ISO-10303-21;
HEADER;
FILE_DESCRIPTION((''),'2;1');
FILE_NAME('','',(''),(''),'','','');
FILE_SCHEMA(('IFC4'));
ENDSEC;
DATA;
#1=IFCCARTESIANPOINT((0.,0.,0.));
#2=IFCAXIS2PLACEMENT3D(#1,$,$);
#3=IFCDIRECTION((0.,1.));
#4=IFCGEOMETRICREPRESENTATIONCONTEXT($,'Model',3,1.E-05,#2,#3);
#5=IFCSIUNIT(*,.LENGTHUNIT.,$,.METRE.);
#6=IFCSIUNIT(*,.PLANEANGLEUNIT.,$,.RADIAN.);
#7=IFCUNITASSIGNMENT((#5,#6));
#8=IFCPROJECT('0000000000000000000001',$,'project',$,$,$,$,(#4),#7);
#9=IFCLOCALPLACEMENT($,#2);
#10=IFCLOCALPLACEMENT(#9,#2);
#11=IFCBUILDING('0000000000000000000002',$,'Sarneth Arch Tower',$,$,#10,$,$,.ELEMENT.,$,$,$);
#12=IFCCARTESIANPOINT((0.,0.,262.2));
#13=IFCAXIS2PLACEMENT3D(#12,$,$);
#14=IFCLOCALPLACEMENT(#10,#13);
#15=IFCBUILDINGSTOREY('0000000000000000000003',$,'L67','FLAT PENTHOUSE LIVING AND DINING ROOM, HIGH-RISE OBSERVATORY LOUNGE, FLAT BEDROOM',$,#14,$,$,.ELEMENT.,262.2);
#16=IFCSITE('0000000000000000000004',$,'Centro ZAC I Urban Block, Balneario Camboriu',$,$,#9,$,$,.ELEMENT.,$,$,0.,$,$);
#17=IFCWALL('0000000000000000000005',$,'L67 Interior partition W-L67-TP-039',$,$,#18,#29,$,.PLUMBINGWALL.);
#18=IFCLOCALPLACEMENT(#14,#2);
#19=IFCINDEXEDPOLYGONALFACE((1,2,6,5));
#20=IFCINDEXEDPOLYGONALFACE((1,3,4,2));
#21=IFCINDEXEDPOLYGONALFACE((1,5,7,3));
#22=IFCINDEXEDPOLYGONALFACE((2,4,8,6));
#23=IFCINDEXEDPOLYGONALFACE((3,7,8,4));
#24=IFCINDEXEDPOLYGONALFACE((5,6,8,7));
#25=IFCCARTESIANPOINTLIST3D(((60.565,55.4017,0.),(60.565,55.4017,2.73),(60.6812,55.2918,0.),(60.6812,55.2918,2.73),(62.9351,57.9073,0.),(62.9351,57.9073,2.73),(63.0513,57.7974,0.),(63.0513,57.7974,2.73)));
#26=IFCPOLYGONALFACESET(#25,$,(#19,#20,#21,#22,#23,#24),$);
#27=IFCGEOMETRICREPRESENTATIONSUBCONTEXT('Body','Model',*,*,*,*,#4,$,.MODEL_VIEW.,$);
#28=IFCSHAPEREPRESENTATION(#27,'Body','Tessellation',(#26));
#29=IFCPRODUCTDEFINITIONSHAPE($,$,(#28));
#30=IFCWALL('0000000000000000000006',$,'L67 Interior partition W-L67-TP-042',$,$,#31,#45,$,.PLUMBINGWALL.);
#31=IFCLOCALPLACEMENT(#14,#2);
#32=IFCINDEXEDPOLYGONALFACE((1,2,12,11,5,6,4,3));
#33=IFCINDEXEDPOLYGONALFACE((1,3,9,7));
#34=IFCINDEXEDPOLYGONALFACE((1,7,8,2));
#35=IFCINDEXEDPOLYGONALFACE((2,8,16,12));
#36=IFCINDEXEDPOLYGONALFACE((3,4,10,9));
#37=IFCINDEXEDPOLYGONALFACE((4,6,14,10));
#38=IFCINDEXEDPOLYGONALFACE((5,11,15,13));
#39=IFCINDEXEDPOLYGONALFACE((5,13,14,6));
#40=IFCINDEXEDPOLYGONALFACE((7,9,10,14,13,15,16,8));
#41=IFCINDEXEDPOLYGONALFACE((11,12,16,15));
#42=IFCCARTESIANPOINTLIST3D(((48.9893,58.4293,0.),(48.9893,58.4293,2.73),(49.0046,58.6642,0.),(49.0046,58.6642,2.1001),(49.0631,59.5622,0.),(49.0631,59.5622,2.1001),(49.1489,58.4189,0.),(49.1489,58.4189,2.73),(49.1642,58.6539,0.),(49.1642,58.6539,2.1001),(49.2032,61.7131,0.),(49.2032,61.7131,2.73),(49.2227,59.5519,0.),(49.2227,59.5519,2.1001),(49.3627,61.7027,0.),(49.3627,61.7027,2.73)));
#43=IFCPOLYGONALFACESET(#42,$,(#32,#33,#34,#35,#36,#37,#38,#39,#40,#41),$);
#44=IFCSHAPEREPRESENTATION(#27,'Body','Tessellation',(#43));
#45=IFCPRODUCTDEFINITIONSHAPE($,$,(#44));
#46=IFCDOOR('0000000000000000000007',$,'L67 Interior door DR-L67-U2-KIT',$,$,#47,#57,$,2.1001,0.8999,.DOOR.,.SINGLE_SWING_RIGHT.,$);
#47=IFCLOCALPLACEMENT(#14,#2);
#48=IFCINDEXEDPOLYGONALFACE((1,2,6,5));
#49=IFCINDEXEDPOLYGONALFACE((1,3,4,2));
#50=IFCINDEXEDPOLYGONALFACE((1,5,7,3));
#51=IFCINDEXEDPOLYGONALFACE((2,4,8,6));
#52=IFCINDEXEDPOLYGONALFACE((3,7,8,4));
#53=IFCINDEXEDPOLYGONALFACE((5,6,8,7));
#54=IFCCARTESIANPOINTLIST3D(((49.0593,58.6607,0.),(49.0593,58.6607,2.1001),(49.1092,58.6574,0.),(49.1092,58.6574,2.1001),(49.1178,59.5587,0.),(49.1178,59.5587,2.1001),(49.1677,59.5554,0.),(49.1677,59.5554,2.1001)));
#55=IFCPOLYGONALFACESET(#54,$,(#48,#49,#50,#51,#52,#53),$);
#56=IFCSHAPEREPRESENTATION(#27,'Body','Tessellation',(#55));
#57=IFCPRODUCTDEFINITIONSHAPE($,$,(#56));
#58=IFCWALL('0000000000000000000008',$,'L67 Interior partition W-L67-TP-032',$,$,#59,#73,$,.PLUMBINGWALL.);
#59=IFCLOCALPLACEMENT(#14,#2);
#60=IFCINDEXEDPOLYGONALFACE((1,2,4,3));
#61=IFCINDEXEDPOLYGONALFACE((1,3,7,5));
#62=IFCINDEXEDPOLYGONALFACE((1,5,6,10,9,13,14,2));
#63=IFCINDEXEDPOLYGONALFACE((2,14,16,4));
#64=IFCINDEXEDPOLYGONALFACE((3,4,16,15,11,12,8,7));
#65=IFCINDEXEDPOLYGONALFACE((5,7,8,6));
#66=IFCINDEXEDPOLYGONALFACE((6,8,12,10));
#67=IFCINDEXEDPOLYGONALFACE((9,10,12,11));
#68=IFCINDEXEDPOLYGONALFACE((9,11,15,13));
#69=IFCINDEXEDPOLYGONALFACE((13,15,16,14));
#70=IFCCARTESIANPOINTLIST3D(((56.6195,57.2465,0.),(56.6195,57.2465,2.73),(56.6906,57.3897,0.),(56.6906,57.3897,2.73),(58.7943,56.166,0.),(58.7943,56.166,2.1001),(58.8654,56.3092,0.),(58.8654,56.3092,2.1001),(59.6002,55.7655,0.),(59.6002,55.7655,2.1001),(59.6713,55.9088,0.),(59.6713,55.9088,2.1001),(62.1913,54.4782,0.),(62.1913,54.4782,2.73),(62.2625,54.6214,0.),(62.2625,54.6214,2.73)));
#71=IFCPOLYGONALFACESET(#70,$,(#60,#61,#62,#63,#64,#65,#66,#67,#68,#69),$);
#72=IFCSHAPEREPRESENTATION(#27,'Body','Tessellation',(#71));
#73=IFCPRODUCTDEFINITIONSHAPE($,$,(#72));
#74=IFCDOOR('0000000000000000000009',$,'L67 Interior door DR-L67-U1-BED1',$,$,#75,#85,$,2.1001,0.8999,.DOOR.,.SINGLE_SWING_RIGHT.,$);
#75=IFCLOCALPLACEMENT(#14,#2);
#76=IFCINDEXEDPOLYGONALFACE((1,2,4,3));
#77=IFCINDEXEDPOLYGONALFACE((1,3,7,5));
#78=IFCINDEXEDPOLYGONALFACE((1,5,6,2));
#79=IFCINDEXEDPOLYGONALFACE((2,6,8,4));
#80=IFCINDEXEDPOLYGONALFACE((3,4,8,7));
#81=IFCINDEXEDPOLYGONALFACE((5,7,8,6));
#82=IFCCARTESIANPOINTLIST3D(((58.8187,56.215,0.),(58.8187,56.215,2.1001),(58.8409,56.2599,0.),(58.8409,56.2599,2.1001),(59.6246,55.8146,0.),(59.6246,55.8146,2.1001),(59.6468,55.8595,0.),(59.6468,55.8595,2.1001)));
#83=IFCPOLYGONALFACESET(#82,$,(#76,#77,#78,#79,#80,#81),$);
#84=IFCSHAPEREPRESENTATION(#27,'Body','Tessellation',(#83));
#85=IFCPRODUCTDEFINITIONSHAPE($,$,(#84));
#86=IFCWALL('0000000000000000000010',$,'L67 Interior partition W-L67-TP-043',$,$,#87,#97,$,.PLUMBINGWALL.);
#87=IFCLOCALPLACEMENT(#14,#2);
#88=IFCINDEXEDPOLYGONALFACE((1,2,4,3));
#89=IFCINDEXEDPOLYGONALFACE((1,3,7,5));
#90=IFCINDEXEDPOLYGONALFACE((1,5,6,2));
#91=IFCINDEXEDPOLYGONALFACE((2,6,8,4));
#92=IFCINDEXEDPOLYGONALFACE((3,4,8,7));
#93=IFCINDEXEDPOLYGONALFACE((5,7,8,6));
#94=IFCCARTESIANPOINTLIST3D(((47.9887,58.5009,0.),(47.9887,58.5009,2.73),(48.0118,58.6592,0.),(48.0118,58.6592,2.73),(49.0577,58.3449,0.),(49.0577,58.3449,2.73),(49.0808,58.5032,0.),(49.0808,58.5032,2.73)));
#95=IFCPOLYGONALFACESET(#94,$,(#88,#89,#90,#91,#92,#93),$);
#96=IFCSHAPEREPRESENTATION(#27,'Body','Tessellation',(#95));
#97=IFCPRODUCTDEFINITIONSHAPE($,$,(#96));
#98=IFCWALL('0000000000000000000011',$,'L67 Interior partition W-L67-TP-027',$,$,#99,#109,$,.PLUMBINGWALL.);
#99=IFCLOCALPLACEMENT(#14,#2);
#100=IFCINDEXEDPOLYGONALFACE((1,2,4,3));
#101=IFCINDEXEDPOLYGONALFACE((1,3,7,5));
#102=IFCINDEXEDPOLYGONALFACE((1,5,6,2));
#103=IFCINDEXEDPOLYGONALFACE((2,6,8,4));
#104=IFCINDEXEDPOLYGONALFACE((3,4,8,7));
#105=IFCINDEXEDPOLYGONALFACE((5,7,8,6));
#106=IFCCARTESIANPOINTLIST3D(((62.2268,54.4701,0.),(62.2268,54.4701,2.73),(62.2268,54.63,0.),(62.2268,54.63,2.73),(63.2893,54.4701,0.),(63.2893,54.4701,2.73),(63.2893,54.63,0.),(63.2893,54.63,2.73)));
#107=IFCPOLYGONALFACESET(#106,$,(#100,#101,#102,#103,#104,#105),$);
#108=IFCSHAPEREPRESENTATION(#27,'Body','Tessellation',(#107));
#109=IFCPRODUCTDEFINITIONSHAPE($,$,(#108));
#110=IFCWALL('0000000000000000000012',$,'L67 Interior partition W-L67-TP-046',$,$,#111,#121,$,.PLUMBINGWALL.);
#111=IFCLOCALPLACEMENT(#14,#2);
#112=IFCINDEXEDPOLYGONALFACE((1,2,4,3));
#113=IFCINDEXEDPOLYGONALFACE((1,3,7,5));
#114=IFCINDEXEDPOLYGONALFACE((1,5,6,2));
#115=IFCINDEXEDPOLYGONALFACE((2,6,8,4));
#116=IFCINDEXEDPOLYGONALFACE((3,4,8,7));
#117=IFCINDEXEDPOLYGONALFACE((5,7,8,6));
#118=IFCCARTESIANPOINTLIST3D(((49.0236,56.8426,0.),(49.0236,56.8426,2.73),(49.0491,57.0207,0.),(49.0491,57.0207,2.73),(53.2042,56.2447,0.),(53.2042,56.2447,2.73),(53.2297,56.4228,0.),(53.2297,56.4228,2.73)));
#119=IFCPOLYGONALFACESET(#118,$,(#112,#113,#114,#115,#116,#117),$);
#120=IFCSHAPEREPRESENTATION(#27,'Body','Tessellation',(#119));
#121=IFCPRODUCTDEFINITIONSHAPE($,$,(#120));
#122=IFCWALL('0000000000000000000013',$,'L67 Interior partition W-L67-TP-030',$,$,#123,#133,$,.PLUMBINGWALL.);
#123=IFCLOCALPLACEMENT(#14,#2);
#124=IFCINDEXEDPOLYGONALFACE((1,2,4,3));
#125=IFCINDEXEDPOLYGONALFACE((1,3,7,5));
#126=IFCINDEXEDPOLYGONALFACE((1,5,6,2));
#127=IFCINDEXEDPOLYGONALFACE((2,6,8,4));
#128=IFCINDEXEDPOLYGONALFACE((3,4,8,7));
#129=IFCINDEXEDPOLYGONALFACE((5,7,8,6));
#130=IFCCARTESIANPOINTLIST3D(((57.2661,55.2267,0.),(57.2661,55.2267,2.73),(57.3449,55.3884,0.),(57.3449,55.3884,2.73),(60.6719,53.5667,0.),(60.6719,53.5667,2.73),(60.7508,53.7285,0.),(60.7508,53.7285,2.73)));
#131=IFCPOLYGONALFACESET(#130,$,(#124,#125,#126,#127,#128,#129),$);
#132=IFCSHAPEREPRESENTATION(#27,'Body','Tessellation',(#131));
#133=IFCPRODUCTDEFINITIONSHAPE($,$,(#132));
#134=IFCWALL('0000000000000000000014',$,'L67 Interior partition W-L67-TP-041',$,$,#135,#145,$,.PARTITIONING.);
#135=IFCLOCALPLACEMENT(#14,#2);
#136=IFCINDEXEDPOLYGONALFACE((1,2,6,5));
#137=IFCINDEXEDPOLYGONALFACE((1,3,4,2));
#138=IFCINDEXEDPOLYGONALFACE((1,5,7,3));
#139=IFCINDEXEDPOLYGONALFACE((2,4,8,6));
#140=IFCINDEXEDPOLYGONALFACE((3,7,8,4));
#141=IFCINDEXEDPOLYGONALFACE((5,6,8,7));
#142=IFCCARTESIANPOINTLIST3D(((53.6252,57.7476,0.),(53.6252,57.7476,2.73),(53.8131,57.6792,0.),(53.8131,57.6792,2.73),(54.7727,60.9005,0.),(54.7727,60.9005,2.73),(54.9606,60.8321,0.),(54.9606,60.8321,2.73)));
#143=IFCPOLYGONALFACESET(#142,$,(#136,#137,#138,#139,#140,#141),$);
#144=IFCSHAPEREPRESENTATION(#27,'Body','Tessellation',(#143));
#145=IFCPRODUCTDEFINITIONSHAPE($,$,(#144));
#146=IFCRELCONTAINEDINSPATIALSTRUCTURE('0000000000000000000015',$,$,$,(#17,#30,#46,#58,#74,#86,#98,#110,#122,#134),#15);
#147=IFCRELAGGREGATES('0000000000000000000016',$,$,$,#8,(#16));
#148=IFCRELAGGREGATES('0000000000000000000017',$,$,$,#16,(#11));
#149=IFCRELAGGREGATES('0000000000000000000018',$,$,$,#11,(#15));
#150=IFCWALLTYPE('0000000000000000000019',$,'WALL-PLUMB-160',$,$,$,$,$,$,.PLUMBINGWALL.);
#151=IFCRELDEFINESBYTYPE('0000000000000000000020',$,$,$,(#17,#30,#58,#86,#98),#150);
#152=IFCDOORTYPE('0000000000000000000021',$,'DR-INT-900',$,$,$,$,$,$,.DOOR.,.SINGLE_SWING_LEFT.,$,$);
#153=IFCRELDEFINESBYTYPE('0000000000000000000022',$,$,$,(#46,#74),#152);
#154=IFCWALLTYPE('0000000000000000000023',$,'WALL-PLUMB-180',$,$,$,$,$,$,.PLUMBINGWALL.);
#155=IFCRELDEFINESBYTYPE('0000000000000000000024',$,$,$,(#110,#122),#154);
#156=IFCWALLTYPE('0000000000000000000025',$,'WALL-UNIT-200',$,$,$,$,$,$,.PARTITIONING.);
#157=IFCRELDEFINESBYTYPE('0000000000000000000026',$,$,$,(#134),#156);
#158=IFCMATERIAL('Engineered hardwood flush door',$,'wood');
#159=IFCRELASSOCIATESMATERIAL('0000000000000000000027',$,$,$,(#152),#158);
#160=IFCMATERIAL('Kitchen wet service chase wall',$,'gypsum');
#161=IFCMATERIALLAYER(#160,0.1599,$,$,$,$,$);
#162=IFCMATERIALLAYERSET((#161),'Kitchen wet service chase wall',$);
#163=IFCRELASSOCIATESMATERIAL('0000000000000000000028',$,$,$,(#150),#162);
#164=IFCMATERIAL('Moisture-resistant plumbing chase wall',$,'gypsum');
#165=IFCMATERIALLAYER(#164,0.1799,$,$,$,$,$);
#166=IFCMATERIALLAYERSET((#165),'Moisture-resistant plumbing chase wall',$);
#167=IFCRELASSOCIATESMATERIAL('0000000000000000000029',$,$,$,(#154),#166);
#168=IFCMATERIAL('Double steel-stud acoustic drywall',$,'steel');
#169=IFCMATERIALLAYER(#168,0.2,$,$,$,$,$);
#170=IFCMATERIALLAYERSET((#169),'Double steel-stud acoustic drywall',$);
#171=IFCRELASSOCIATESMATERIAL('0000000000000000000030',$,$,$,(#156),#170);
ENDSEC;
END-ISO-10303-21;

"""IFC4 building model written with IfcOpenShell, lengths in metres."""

from ifc_helpers import new_model, si_unit, direction, frame, frame_2d, origin, place, context, subcontext, project, spatial, rectangle, extrude, material, layer, layer_set, type_object, element, fill, save


model = new_model("IFC4")

# Units and contexts
model_context = context("Model", 3, precision=1e-05, world=origin(), true_north=direction((0.0, 1.0)))
body_context = subcontext(model_context, "Body", "Model", "MODEL_VIEW")
ifc_project = project(units=[si_unit("LENGTHUNIT", "METRE"), si_unit("PLANEANGLEUNIT", "RADIAN")], contexts=[model_context])

# Site, building, storey
site_placement = place(None, origin())
site = spatial("IfcSite", under=ifc_project, at=site_placement, Name="Centro ZAC I Urban Block, Balneario Camboriu", CompositionType="ELEMENT", RefElevation=0.0)
building_placement = place(site_placement, origin())
building = spatial("IfcBuilding", under=site, at=building_placement, Name="Sarneth Arch Tower", CompositionType="ELEMENT")
storey_placement = place(building_placement, frame((0.0, 0.0, 262.2)))
storey = spatial("IfcBuildingStorey", under=building, at=storey_placement, Name="L67", Description="FLAT PENTHOUSE LIVING AND DINING ROOM, HIGH-RISE OBSERVATORY LOUNGE, FLAT BEDROOM", CompositionType="ELEMENT", Elevation=262.2)

# Shared definitions
ifc_material_1 = material(Name="Engineered hardwood flush door", Category="wood")
door_type_1 = type_object("IfcDoorType", Name="DR-INT-900", OperationType="SINGLE_SWING_LEFT", PredefinedType="DOOR", material=ifc_material_1)

# Wall
ifc_material_2 = material(Name="Kitchen wet service chase wall", Category="gypsum")
ifc_layer_1 = layer(ifc_material_2, 0.1599)
ifc_layer_set_1 = layer_set([ifc_layer_1], Name="Kitchen wet service chase wall")
wall_type_1 = type_object("IfcWallType", Name="WALL-PLUMB-160", PredefinedType="PLUMBINGWALL", material=ifc_layer_set_1)
wall_1_placement = place(storey_placement, frame((60.623, 55.3467, 0.0), z_axis=(0.0, 0.0, 1.0), x_axis=(0.687191, 0.726477, 0.0)))
element("IfcWall", 1, at=wall_1_placement, inside=storey, type_object=wall_type_1, Name="L67 Interior partition W-L67-TP-039", PredefinedType="PLUMBINGWALL", context=body_context, shape_type="SweptSolid", body=[
    extrude(rectangle(XDim=3.449, YDim=0.1599, at=frame_2d((1.7246, 0.0))), origin(), (0.0, 0.0, 1.0), 2.73),
])

# Walls, openings, doors
wall_2_placement = place(storey_placement, frame((49.283, 61.708, 0.0), z_axis=(0.0, 0.0, 1.0), x_axis=(-0.064988, -0.997886, 0.0)))
wall_2 = element("IfcWall", 2, at=wall_2_placement, inside=storey, type_object=wall_type_1, Name="L67 Interior partition W-L67-TP-042", PredefinedType="PLUMBINGWALL", context=body_context, shape_type="SweptSolid", body=[
    extrude(rectangle(XDim=3.2908, YDim=0.1599, at=frame_2d((1.6455, 0.0))), origin(), (0.0, 0.0, 1.0), 2.73),
])
opening_1_placement = place(wall_2_placement, frame((2.1555, 0.0, 0.0)))
opening_1 = element("IfcOpeningElement", 3, at=opening_1_placement, cuts=wall_2, PredefinedType="OPENING", context=body_context, shape_type="SweptSolid", body=[
    extrude(rectangle(XDim=0.8999, YDim=2.1001, at=frame_2d((0.45, 1.05))), frame((0.0, 0.0898, 0.0), z_axis=(0.0, -1.0, 0.0), x_axis=(1.0, 0.0, 0.0)), (0.0, 0.0, 1.0), 0.1799),
])
door_1_placement = place(opening_1_placement, origin())
door_1 = element("IfcDoor", 4, at=door_1_placement, inside=storey, type_object=door_type_1, Name="L67 Interior door DR-L67-U2-KIT", OperationType="SINGLE_SWING_RIGHT", OverallHeight=2.1001, OverallWidth=0.8999, PredefinedType="DOOR", context=body_context, shape_type="SweptSolid", body=[
    extrude(rectangle(XDim=0.8999, YDim=2.1001, at=frame_2d((0.45, 1.05))), frame((0.0, 0.0249, 0.0), z_axis=(0.0, -1.0, 0.0), x_axis=(1.0, 0.0, 0.0)), (0.0, 0.0, 1.0), 0.05),
])
fill(opening_1, door_1)
wall_3_placement = place(storey_placement, frame((56.655, 57.3181, 0.0), z_axis=(0.0, 0.0, 1.0), x_axis=(0.895554, -0.444952, 0.0)))
wall_3 = element("IfcWall", 5, at=wall_3_placement, inside=storey, type_object=wall_type_1, Name="L67 Interior partition W-L67-TP-032", PredefinedType="PLUMBINGWALL", context=body_context, shape_type="SweptSolid", body=[
    extrude(rectangle(XDim=6.2217, YDim=0.1599, at=frame_2d((3.1108, 0.0))), origin(), (0.0, 0.0, 1.0), 2.73),
])
opening_2_placement = place(wall_3_placement, frame((2.4285, 0.0, 0.0)))
opening_2 = element("IfcOpeningElement", 6, at=opening_2_placement, cuts=wall_3, PredefinedType="OPENING", context=body_context, shape_type="SweptSolid", body=[
    extrude(rectangle(XDim=0.8999, YDim=2.1001, at=frame_2d((0.45, 1.05))), frame((0.0, 0.0898, 0.0), z_axis=(0.0, -1.0, 0.0), x_axis=(1.0, 0.0, 0.0)), (0.0, 0.0, 1.0), 0.1799),
])
door_2_placement = place(opening_2_placement, origin())
door_2 = element("IfcDoor", 7, at=door_2_placement, inside=storey, type_object=door_type_1, Name="L67 Interior door DR-L67-U1-BED1", OperationType="SINGLE_SWING_RIGHT", OverallHeight=2.1001, OverallWidth=0.8999, PredefinedType="DOOR", context=body_context, shape_type="SweptSolid", body=[
    extrude(rectangle(XDim=0.8999, YDim=2.1001, at=frame_2d((0.45, 1.05))), frame((0.0, 0.0249, 0.0), z_axis=(0.0, -1.0, 0.0), x_axis=(1.0, 0.0, 0.0)), (0.0, 0.0, 1.0), 0.05),
])
fill(opening_2, door_2)

# Walls
wall_4_placement = place(storey_placement, frame((49.0691, 58.4241, 0.0), z_axis=(0.0, 0.0, 1.0), x_axis=(-0.98952, 0.144394, 0.0)))
element("IfcWall", 8, at=wall_4_placement, inside=storey, type_object=wall_type_1, Name="L67 Interior partition W-L67-TP-043", PredefinedType="PLUMBINGWALL", context=body_context, shape_type="SweptSolid", body=[
    extrude(rectangle(XDim=1.0803, YDim=0.1599, at=frame_2d((0.54, 0.0))), origin(), (0.0, 0.0, 1.0), 2.73),
])
wall_5_placement = place(storey_placement, frame((63.2893, 54.55, 0.0), z_axis=(0.0, 0.0, 1.0), x_axis=(-1.0, 0.0, 0.0)))
element("IfcWall", 9, at=wall_5_placement, inside=storey, type_object=wall_type_1, Name="L67 Interior partition W-L67-TP-027", PredefinedType="PLUMBINGWALL", context=body_context, shape_type="SweptSolid", body=[
    extrude(rectangle(XDim=1.0625, YDim=0.1599, at=frame_2d((0.5312, 0.0))), origin(), (0.0, 0.0, 1.0), 2.73),
])
ifc_material_3 = material(Name="Moisture-resistant plumbing chase wall", Category="gypsum")
ifc_layer_2 = layer(ifc_material_3, 0.1799)
ifc_layer_set_2 = layer_set([ifc_layer_2], Name="Moisture-resistant plumbing chase wall")
wall_type_2 = type_object("IfcWallType", Name="WALL-PLUMB-180", PredefinedType="PLUMBINGWALL", material=ifc_layer_set_2)
wall_6_placement = place(storey_placement, frame((49.0364, 56.9316, 0.0), z_axis=(0.0, 0.0, 1.0), x_axis=(0.989928, -0.141575, 0.0)))
element("IfcWall", 10, at=wall_6_placement, inside=storey, type_object=wall_type_2, Name="L67 Interior partition W-L67-TP-046", PredefinedType="PLUMBINGWALL", context=body_context, shape_type="SweptSolid", body=[
    extrude(rectangle(XDim=4.2231, YDim=0.1799, at=frame_2d((2.1116, 0.0))), origin(), (0.0, 0.0, 1.0), 2.73),
])
wall_7_placement = place(storey_placement, frame((57.3054, 55.3076, 0.0), z_axis=(0.0, 0.0, 1.0), x_axis=(0.898918, -0.438118, 0.0)))
element("IfcWall", 11, at=wall_7_placement, inside=storey, type_object=wall_type_2, Name="L67 Interior partition W-L67-TP-030", PredefinedType="PLUMBINGWALL", context=body_context, shape_type="SweptSolid", body=[
    extrude(rectangle(XDim=3.7888, YDim=0.1799, at=frame_2d((1.8945, 0.0))), origin(), (0.0, 0.0, 1.0), 2.73),
])
ifc_material_4 = material(Name="Double steel-stud acoustic drywall", Category="steel")
ifc_layer_3 = layer(ifc_material_4, 0.2)
ifc_layer_set_3 = layer_set([ifc_layer_3], Name="Double steel-stud acoustic drywall")
wall_type_3 = type_object("IfcWallType", Name="WALL-UNIT-200", PredefinedType="PARTITIONING", material=ifc_layer_set_3)
wall_8_placement = place(storey_placement, frame((54.8667, 60.8665, 0.0), z_axis=(0.0, 0.0, 1.0), x_axis=(-0.342, -0.9397, 0.0)))
element("IfcWall", 12, at=wall_8_placement, inside=storey, type_object=wall_type_3, Name="L67 Interior partition W-L67-TP-041", PredefinedType="PARTITIONING", context=body_context, shape_type="SweptSolid", body=[
    extrude(rectangle(XDim=3.3552, YDim=0.2, at=frame_2d((1.6777, 0.0))), origin(), (0.0, 0.0, 1.0), 2.73),
])

save(model, "model.ifc")
